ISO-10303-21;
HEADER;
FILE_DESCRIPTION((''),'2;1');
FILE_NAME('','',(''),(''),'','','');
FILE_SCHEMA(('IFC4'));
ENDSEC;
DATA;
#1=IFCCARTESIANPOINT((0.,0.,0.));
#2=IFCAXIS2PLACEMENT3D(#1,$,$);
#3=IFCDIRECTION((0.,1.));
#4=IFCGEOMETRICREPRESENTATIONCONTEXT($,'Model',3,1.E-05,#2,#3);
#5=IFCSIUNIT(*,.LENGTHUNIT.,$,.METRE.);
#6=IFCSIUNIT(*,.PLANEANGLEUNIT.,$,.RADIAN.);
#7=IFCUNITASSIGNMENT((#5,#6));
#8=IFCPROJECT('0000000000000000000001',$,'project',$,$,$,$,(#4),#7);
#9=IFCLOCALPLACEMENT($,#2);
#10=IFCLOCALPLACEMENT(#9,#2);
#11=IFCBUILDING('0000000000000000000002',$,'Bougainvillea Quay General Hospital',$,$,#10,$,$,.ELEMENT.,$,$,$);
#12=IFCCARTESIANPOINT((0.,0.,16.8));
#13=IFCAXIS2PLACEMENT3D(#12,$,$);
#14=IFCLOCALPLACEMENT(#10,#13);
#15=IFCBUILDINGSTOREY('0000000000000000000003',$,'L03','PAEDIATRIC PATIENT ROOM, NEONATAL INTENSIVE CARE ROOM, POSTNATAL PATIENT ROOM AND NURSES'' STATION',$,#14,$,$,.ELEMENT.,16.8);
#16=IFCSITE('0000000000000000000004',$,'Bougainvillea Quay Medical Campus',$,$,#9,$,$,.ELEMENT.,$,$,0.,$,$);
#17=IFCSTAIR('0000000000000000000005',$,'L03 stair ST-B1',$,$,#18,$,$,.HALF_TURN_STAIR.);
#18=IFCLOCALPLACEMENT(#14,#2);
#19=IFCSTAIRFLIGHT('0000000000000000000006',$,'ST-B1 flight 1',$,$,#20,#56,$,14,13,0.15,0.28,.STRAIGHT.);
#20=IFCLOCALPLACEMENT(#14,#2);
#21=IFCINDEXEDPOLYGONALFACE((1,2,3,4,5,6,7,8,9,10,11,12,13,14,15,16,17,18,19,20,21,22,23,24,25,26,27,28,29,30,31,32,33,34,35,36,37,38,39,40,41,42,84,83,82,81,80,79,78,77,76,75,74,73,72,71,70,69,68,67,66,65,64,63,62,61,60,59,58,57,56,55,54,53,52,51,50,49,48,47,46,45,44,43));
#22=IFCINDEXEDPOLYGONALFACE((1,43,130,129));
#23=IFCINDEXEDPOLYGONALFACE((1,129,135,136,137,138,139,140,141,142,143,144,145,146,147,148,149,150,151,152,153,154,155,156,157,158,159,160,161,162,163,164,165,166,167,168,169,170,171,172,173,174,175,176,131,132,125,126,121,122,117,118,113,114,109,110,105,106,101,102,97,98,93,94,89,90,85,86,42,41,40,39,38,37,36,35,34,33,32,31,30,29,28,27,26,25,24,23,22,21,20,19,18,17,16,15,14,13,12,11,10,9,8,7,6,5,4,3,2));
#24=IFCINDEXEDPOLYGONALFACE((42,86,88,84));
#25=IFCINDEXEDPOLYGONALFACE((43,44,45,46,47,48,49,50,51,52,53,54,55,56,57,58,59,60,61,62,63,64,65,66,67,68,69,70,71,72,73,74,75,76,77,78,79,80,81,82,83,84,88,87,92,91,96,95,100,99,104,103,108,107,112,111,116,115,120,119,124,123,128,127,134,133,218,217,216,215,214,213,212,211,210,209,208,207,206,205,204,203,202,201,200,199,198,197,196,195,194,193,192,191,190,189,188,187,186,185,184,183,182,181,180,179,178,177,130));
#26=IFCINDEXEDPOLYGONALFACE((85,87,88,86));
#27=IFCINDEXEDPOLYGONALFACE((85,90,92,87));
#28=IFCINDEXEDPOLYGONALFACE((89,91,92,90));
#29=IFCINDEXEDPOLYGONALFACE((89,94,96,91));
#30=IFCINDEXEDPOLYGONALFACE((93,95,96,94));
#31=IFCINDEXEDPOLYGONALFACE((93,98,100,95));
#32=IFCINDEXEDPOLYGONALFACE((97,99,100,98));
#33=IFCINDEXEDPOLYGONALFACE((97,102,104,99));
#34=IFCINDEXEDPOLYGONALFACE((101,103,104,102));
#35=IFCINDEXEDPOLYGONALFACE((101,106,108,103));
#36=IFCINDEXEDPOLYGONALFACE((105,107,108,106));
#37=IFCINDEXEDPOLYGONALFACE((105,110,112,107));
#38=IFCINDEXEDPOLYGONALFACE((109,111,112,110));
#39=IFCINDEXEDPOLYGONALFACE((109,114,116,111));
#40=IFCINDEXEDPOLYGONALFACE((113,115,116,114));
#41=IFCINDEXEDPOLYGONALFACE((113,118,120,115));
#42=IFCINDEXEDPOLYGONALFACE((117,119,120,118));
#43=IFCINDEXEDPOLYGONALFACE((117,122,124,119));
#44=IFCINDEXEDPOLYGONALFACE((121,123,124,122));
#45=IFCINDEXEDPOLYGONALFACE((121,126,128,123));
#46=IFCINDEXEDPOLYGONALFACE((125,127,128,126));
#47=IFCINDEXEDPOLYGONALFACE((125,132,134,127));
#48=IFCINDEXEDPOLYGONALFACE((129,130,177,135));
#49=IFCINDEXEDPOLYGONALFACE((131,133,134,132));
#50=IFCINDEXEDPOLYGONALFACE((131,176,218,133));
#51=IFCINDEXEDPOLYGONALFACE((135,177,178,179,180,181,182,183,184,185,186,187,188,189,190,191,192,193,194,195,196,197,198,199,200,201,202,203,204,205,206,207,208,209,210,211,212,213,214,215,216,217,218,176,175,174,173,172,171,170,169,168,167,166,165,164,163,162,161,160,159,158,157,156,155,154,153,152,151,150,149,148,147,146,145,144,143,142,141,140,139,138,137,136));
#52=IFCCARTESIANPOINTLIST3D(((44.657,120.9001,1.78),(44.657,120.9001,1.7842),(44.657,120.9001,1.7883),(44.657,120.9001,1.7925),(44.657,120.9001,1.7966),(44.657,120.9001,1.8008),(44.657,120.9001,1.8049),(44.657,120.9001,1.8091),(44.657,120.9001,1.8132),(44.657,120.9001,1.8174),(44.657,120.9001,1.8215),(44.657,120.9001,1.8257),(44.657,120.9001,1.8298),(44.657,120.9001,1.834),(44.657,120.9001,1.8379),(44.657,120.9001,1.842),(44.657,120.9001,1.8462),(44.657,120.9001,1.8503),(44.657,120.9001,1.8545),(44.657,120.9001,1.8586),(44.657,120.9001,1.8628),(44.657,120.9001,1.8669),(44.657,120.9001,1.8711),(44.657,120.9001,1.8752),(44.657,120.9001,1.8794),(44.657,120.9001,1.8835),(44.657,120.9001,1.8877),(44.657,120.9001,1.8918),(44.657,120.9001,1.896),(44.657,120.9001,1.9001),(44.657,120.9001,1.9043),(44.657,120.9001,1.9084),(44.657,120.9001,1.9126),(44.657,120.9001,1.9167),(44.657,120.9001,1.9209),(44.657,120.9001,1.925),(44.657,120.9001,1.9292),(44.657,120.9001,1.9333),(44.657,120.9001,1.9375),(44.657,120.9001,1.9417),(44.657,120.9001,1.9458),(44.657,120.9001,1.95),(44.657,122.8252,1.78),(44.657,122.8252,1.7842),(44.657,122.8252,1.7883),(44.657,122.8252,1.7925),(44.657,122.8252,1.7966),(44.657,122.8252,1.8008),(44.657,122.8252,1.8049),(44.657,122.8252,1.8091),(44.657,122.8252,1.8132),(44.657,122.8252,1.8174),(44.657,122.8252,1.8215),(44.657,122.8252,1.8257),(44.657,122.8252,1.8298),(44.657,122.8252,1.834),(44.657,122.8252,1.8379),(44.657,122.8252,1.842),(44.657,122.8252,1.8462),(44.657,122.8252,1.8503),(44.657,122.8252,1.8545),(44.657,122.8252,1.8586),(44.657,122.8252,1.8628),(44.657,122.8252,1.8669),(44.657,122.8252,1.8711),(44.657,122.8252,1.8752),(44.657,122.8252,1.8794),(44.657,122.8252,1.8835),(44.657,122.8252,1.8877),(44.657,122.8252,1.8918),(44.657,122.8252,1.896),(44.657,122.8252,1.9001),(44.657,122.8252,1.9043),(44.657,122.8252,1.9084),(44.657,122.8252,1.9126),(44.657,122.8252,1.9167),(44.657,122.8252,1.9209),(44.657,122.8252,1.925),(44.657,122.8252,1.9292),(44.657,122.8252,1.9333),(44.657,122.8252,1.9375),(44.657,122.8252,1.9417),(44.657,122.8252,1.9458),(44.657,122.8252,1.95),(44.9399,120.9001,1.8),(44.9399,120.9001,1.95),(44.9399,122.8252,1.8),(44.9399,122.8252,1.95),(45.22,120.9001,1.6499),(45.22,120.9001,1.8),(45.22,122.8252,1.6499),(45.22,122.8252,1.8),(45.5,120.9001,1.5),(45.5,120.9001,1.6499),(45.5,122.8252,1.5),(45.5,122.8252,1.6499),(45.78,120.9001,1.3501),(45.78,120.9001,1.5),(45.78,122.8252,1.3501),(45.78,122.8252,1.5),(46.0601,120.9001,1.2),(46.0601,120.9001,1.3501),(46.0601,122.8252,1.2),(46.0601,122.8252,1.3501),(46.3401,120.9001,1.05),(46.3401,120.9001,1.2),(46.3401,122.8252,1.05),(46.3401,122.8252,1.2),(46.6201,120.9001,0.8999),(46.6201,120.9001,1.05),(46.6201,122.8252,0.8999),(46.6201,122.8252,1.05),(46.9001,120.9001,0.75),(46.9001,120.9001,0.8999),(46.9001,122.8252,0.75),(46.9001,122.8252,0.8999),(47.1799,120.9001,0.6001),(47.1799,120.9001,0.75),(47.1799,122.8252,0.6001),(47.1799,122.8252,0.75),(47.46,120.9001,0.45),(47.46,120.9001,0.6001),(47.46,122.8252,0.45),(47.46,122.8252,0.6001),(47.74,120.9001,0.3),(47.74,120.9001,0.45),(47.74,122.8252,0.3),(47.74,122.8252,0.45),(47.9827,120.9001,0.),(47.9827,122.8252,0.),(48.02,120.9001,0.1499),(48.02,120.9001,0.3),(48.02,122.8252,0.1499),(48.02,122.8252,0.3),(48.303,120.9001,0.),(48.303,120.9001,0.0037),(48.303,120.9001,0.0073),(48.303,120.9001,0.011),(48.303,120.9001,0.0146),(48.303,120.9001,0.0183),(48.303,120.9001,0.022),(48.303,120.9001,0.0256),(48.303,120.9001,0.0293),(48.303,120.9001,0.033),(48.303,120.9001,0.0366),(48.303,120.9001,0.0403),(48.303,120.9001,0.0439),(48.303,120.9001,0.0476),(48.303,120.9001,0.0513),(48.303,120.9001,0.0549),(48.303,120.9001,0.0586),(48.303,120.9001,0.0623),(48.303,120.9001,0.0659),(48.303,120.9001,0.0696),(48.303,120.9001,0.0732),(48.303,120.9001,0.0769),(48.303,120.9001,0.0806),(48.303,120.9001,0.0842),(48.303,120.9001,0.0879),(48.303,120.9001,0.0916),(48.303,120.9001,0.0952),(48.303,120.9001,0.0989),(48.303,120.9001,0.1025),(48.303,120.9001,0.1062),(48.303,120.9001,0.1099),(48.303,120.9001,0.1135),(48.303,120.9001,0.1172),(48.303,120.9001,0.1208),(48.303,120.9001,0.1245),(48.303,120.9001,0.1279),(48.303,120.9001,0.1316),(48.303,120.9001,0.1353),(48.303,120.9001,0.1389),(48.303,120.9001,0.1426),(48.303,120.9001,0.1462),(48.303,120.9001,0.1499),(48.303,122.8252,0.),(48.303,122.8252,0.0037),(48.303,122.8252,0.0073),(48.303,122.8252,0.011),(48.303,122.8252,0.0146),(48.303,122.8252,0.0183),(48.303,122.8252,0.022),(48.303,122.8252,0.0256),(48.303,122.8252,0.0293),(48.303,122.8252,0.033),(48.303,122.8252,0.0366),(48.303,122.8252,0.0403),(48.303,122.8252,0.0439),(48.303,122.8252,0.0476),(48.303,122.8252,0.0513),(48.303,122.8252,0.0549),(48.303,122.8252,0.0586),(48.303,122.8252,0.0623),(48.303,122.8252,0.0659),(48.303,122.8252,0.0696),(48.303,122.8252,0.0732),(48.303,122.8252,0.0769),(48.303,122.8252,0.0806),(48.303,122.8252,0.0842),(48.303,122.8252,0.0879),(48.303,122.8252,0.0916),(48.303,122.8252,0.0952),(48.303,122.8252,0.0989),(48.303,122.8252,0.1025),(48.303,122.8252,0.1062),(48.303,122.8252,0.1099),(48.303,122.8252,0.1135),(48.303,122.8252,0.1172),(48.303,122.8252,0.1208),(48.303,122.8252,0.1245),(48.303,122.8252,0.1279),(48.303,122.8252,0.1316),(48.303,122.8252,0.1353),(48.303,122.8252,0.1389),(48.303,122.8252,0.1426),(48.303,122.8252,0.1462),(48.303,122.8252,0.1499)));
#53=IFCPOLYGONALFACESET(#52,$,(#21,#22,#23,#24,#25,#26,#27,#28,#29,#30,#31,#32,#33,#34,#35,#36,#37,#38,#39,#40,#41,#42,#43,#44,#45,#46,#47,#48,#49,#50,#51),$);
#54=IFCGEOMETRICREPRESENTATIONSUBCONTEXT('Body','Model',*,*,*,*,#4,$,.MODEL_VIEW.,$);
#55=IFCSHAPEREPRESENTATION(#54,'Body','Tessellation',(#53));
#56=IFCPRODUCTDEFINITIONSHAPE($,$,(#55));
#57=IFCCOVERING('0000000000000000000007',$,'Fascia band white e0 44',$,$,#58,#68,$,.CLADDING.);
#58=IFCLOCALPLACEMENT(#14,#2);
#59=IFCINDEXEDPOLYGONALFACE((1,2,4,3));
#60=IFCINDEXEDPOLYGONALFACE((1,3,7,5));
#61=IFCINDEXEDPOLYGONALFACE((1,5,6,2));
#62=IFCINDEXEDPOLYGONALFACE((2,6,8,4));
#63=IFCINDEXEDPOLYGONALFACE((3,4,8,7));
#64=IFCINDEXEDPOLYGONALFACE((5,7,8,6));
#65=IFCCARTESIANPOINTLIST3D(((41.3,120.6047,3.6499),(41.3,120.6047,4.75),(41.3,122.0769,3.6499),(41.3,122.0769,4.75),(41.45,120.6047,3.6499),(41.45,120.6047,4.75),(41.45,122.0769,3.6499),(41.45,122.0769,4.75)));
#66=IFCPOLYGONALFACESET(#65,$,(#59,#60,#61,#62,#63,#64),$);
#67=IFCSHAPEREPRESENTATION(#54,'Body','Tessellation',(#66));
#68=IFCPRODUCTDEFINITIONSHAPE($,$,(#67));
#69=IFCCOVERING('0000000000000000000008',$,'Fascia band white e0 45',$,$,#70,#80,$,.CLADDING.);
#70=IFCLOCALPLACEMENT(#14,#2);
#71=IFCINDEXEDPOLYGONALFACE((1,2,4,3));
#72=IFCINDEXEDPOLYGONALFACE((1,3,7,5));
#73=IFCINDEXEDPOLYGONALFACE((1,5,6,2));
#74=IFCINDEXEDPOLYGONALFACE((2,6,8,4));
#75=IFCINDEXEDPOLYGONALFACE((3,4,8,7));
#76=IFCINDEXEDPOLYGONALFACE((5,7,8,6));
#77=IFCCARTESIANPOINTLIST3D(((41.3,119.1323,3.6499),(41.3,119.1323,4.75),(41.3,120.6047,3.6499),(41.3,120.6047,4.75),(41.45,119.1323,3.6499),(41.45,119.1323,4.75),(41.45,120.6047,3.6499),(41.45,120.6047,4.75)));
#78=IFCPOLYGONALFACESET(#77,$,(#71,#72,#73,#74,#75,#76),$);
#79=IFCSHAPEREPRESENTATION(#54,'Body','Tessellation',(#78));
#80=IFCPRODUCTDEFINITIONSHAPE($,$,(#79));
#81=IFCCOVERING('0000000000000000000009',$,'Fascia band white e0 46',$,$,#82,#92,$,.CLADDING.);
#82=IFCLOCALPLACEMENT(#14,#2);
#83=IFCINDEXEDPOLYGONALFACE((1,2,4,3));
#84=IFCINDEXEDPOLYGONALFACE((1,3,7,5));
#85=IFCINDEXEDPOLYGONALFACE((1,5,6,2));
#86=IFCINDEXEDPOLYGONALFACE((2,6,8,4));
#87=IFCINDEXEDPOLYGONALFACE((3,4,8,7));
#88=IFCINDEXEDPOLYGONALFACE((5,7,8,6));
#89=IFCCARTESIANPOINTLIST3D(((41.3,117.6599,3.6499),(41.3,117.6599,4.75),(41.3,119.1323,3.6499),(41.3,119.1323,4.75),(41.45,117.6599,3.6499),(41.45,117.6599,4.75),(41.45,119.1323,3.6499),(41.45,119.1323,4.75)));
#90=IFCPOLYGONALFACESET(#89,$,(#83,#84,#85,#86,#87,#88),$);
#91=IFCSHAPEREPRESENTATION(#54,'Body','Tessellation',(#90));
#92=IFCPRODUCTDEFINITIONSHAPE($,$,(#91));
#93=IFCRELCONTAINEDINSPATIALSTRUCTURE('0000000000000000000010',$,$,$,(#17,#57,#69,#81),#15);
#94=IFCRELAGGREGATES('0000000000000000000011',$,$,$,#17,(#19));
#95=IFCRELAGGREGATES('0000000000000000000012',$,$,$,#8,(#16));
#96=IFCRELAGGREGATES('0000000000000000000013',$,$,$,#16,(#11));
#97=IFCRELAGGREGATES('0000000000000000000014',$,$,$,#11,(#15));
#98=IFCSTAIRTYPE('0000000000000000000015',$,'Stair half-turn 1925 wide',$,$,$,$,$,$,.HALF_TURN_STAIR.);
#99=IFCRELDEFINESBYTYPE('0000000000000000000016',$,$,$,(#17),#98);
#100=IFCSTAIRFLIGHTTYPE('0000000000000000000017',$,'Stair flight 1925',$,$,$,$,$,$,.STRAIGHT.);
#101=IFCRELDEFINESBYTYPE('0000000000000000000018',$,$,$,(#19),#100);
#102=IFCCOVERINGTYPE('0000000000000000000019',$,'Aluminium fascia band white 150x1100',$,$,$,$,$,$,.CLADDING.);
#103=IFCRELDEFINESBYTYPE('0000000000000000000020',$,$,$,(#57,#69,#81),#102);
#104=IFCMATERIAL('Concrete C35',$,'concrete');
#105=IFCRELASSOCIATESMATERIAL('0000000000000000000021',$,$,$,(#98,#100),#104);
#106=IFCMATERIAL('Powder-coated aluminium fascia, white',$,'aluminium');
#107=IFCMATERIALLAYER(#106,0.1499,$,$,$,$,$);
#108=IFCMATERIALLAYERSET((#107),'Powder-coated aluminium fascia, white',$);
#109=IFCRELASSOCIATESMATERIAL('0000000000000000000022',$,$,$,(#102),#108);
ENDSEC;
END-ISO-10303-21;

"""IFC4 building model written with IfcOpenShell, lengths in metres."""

from ifc_helpers import new_model, si_unit, direction, frame, origin, place, context, subcontext, project, spatial, polyline, outline, extrude, material, layer, layer_set, type_object, element, aggregate, save


model = new_model("IFC4")

# Units and contexts
model_context = context("Model", 3, precision=1e-05, world=origin(), true_north=direction((0.0, 1.0)))
body_context = subcontext(model_context, "Body", "Model", "MODEL_VIEW")
ifc_project = project(units=[si_unit("LENGTHUNIT", "METRE"), si_unit("PLANEANGLEUNIT", "RADIAN")], contexts=[model_context])

# Site, building, storey
site_placement = place(None, origin())
site = spatial("IfcSite", under=ifc_project, at=site_placement, Name="Bougainvillea Quay Medical Campus", CompositionType="ELEMENT", RefElevation=0.0)
building_placement = place(site_placement, origin())
building = spatial("IfcBuilding", under=site, at=building_placement, Name="Bougainvillea Quay General Hospital", CompositionType="ELEMENT")
storey_placement = place(building_placement, frame((0.0, 0.0, 16.8)))
storey = spatial("IfcBuildingStorey", under=building, at=storey_placement, Name="L03", Description="PAEDIATRIC PATIENT ROOM, NEONATAL INTENSIVE CARE ROOM, POSTNATAL PATIENT ROOM AND NURSES' STATION", CompositionType="ELEMENT", Elevation=16.8)

# Stair, stair flight
ifc_material_1 = material(Name="Concrete C35", Category="concrete")
stair_type = type_object("IfcStairType", Name="Stair half-turn 1925 wide", PredefinedType="HALF_TURN_STAIR", material=ifc_material_1)
stair_placement = place(storey_placement, origin())
stair = element("IfcStair", 1, at=stair_placement, inside=storey, type_object=stair_type, Name="L03 stair ST-B1", PredefinedType="HALF_TURN_STAIR")
stair_flight_type = type_object("IfcStairFlightType", Name="Stair flight 1925", PredefinedType="STRAIGHT", material=ifc_material_1)
stair_flight_1_placement = place(storey_placement, frame((48.3, 121.8625, 0.0), z_axis=(0.0, 0.0, 1.0), x_axis=(-1.0, 0.0, 0.0)))
stair_flight_1 = element("IfcStairFlight", 2, at=stair_flight_1_placement, type_object=stair_flight_type, Name="ST-B1 flight 1", NumberOfRisers=14, NumberOfTreads=13, PredefinedType="STRAIGHT", RiserHeight=0.15, TreadLength=0.28, context=body_context, shape_type="SweptSolid", body=[
    extrude(outline(polyline([(-0.0029, 0.0), (-0.0029, 0.0037), (-0.0029, 0.0073), (-0.0029, 0.011), (-0.0029, 0.0146), (-0.0029, 0.0183), (-0.0029, 0.022), (-0.0029, 0.0256), (-0.0029, 0.0293), (-0.0029, 0.033), (-0.0029, 0.0366), (-0.0029, 0.0403), (-0.0029, 0.0439), (-0.0029, 0.0476), (-0.0029, 0.0513), (-0.0029, 0.0549), (-0.0029, 0.0586), (-0.0029, 0.0623), (-0.0029, 0.0659), (-0.0029, 0.0696), (-0.0029, 0.0732), (-0.0029, 0.0769), (-0.0029, 0.0806), (-0.0029, 0.0842), (-0.0029, 0.0879), (-0.0029, 0.0916), (-0.0029, 0.0952), (-0.0029, 0.0989), (-0.0029, 0.1025), (-0.0029, 0.1062), (-0.0029, 0.1099), (-0.0029, 0.1135), (-0.0029, 0.1172), (-0.0029, 0.1208), (-0.0029, 0.1245), (-0.0029, 0.1279), (-0.0029, 0.1316), (-0.0029, 0.1353), (-0.0029, 0.1389), (-0.0029, 0.1426), (-0.0029, 0.1462), (-0.0029, 0.1499), (0.28, 0.1499), (0.28, 0.3), (0.5601, 0.3), (0.5601, 0.45), (0.8401, 0.45), (0.8401, 0.6001), (1.1201, 0.6001), (1.1201, 0.75), (1.3999, 0.75), (1.3999, 0.8999), (1.6799, 0.8999), (1.6799, 1.05), (1.96, 1.05), (1.96, 1.2), (2.24, 1.2), (2.24, 1.3501), (2.52, 1.3501), (2.52, 1.5), (2.8, 1.5), (2.8, 1.6499), (3.0801, 1.6499), (3.0801, 1.8), (3.3601, 1.8), (3.3601, 1.95), (3.6431, 1.95), (3.6431, 1.9458), (3.6431, 1.9417), (3.6431, 1.9375), (3.6431, 1.9333), (3.6431, 1.9292), (3.6431, 1.925), (3.6431, 1.9209), (3.6431, 1.9167), (3.6431, 1.9126), (3.6431, 1.9084), (3.6431, 1.9043), (3.6431, 1.9001), (3.6431, 1.896), (3.6431, 1.8918), (3.6431, 1.8877), (3.6431, 1.8835), (3.6431, 1.8794), (3.6431, 1.8752), (3.6431, 1.8711), (3.6431, 1.8669), (3.6431, 1.8628), (3.6431, 1.8586), (3.6431, 1.8545), (3.6431, 1.8503), (3.6431, 1.8462), (3.6431, 1.842), (3.6431, 1.8379), (3.6431, 1.834), (3.6431, 1.8298), (3.6431, 1.8257), (3.6431, 1.8215), (3.6431, 1.8174), (3.6431, 1.8132), (3.6431, 1.8091), (3.6431, 1.8049), (3.6431, 1.8008), (3.6431, 1.7966), (3.6431, 1.7925), (3.6431, 1.7883), (3.6431, 1.7842), (3.6431, 1.78), (0.3174, 0.0), (-0.0029, 0.0)])), frame((0.0, 0.9624, 0.0), z_axis=(0.0, -1.0, 0.0), x_axis=(1.0, 0.0, 0.0)), (0.0, 0.0, 1.0), 1.925),
])
aggregate(stair, [stair_flight_1])

# Coverings
ifc_material_2 = material(Name="Powder-coated aluminium fascia, white", Category="aluminium")
ifc_layer_1 = layer(ifc_material_2, 0.1499)
ifc_layer_set_1 = layer_set([ifc_layer_1], Name="Powder-coated aluminium fascia, white")
covering_type = type_object("IfcCoveringType", Name="Aluminium fascia band white 150x1100", PredefinedType="CLADDING", material=ifc_layer_set_1)
covering_placement = place(storey_placement, frame((41.45, 122.0769, 3.6499), z_axis=(0.0, 0.0, 1.0), x_axis=(0.0, -1.0, 0.0)))
element("IfcCovering", 3, at=covering_placement, inside=storey, type_object=covering_type, Name="Fascia band white e0 44", PredefinedType="CLADDING", context=body_context, shape_type="SweptSolid", body=[
    extrude(outline(polyline([(0.0, 0.0), (1.4722, 0.0), (1.4722, -0.1499), (0.0, -0.1499), (0.0, 0.0)])), origin(), (0.0, 0.0, 1.0), 1.1001),
])
for number, where, z_axis, x_axis, name in (
    (4, (41.45, 120.6047, 3.6499), (0.0, 0.0, 1.0), (0.0, -1.0, 0.0), "Fascia band white e0 45"),
    (5, (41.45, 119.1323, 3.6499), (0.0, 0.0, 1.0), (0.0, -1.0, 0.0), "Fascia band white e0 46"),
):
    element("IfcCovering", number, at=place(storey_placement, frame(where, z_axis=z_axis, x_axis=x_axis)), inside=storey, type_object=covering_type, Name=name, PredefinedType="CLADDING", context=body_context, shape_type="SweptSolid", body=[
        extrude(outline(polyline([(0.0, 0.0), (1.4724, 0.0), (1.4724, -0.1499), (0.0, -0.1499), (0.0, 0.0)])), origin(), (0.0, 0.0, 1.0), 1.1001),
    ])

save(model, "model.ifc")
